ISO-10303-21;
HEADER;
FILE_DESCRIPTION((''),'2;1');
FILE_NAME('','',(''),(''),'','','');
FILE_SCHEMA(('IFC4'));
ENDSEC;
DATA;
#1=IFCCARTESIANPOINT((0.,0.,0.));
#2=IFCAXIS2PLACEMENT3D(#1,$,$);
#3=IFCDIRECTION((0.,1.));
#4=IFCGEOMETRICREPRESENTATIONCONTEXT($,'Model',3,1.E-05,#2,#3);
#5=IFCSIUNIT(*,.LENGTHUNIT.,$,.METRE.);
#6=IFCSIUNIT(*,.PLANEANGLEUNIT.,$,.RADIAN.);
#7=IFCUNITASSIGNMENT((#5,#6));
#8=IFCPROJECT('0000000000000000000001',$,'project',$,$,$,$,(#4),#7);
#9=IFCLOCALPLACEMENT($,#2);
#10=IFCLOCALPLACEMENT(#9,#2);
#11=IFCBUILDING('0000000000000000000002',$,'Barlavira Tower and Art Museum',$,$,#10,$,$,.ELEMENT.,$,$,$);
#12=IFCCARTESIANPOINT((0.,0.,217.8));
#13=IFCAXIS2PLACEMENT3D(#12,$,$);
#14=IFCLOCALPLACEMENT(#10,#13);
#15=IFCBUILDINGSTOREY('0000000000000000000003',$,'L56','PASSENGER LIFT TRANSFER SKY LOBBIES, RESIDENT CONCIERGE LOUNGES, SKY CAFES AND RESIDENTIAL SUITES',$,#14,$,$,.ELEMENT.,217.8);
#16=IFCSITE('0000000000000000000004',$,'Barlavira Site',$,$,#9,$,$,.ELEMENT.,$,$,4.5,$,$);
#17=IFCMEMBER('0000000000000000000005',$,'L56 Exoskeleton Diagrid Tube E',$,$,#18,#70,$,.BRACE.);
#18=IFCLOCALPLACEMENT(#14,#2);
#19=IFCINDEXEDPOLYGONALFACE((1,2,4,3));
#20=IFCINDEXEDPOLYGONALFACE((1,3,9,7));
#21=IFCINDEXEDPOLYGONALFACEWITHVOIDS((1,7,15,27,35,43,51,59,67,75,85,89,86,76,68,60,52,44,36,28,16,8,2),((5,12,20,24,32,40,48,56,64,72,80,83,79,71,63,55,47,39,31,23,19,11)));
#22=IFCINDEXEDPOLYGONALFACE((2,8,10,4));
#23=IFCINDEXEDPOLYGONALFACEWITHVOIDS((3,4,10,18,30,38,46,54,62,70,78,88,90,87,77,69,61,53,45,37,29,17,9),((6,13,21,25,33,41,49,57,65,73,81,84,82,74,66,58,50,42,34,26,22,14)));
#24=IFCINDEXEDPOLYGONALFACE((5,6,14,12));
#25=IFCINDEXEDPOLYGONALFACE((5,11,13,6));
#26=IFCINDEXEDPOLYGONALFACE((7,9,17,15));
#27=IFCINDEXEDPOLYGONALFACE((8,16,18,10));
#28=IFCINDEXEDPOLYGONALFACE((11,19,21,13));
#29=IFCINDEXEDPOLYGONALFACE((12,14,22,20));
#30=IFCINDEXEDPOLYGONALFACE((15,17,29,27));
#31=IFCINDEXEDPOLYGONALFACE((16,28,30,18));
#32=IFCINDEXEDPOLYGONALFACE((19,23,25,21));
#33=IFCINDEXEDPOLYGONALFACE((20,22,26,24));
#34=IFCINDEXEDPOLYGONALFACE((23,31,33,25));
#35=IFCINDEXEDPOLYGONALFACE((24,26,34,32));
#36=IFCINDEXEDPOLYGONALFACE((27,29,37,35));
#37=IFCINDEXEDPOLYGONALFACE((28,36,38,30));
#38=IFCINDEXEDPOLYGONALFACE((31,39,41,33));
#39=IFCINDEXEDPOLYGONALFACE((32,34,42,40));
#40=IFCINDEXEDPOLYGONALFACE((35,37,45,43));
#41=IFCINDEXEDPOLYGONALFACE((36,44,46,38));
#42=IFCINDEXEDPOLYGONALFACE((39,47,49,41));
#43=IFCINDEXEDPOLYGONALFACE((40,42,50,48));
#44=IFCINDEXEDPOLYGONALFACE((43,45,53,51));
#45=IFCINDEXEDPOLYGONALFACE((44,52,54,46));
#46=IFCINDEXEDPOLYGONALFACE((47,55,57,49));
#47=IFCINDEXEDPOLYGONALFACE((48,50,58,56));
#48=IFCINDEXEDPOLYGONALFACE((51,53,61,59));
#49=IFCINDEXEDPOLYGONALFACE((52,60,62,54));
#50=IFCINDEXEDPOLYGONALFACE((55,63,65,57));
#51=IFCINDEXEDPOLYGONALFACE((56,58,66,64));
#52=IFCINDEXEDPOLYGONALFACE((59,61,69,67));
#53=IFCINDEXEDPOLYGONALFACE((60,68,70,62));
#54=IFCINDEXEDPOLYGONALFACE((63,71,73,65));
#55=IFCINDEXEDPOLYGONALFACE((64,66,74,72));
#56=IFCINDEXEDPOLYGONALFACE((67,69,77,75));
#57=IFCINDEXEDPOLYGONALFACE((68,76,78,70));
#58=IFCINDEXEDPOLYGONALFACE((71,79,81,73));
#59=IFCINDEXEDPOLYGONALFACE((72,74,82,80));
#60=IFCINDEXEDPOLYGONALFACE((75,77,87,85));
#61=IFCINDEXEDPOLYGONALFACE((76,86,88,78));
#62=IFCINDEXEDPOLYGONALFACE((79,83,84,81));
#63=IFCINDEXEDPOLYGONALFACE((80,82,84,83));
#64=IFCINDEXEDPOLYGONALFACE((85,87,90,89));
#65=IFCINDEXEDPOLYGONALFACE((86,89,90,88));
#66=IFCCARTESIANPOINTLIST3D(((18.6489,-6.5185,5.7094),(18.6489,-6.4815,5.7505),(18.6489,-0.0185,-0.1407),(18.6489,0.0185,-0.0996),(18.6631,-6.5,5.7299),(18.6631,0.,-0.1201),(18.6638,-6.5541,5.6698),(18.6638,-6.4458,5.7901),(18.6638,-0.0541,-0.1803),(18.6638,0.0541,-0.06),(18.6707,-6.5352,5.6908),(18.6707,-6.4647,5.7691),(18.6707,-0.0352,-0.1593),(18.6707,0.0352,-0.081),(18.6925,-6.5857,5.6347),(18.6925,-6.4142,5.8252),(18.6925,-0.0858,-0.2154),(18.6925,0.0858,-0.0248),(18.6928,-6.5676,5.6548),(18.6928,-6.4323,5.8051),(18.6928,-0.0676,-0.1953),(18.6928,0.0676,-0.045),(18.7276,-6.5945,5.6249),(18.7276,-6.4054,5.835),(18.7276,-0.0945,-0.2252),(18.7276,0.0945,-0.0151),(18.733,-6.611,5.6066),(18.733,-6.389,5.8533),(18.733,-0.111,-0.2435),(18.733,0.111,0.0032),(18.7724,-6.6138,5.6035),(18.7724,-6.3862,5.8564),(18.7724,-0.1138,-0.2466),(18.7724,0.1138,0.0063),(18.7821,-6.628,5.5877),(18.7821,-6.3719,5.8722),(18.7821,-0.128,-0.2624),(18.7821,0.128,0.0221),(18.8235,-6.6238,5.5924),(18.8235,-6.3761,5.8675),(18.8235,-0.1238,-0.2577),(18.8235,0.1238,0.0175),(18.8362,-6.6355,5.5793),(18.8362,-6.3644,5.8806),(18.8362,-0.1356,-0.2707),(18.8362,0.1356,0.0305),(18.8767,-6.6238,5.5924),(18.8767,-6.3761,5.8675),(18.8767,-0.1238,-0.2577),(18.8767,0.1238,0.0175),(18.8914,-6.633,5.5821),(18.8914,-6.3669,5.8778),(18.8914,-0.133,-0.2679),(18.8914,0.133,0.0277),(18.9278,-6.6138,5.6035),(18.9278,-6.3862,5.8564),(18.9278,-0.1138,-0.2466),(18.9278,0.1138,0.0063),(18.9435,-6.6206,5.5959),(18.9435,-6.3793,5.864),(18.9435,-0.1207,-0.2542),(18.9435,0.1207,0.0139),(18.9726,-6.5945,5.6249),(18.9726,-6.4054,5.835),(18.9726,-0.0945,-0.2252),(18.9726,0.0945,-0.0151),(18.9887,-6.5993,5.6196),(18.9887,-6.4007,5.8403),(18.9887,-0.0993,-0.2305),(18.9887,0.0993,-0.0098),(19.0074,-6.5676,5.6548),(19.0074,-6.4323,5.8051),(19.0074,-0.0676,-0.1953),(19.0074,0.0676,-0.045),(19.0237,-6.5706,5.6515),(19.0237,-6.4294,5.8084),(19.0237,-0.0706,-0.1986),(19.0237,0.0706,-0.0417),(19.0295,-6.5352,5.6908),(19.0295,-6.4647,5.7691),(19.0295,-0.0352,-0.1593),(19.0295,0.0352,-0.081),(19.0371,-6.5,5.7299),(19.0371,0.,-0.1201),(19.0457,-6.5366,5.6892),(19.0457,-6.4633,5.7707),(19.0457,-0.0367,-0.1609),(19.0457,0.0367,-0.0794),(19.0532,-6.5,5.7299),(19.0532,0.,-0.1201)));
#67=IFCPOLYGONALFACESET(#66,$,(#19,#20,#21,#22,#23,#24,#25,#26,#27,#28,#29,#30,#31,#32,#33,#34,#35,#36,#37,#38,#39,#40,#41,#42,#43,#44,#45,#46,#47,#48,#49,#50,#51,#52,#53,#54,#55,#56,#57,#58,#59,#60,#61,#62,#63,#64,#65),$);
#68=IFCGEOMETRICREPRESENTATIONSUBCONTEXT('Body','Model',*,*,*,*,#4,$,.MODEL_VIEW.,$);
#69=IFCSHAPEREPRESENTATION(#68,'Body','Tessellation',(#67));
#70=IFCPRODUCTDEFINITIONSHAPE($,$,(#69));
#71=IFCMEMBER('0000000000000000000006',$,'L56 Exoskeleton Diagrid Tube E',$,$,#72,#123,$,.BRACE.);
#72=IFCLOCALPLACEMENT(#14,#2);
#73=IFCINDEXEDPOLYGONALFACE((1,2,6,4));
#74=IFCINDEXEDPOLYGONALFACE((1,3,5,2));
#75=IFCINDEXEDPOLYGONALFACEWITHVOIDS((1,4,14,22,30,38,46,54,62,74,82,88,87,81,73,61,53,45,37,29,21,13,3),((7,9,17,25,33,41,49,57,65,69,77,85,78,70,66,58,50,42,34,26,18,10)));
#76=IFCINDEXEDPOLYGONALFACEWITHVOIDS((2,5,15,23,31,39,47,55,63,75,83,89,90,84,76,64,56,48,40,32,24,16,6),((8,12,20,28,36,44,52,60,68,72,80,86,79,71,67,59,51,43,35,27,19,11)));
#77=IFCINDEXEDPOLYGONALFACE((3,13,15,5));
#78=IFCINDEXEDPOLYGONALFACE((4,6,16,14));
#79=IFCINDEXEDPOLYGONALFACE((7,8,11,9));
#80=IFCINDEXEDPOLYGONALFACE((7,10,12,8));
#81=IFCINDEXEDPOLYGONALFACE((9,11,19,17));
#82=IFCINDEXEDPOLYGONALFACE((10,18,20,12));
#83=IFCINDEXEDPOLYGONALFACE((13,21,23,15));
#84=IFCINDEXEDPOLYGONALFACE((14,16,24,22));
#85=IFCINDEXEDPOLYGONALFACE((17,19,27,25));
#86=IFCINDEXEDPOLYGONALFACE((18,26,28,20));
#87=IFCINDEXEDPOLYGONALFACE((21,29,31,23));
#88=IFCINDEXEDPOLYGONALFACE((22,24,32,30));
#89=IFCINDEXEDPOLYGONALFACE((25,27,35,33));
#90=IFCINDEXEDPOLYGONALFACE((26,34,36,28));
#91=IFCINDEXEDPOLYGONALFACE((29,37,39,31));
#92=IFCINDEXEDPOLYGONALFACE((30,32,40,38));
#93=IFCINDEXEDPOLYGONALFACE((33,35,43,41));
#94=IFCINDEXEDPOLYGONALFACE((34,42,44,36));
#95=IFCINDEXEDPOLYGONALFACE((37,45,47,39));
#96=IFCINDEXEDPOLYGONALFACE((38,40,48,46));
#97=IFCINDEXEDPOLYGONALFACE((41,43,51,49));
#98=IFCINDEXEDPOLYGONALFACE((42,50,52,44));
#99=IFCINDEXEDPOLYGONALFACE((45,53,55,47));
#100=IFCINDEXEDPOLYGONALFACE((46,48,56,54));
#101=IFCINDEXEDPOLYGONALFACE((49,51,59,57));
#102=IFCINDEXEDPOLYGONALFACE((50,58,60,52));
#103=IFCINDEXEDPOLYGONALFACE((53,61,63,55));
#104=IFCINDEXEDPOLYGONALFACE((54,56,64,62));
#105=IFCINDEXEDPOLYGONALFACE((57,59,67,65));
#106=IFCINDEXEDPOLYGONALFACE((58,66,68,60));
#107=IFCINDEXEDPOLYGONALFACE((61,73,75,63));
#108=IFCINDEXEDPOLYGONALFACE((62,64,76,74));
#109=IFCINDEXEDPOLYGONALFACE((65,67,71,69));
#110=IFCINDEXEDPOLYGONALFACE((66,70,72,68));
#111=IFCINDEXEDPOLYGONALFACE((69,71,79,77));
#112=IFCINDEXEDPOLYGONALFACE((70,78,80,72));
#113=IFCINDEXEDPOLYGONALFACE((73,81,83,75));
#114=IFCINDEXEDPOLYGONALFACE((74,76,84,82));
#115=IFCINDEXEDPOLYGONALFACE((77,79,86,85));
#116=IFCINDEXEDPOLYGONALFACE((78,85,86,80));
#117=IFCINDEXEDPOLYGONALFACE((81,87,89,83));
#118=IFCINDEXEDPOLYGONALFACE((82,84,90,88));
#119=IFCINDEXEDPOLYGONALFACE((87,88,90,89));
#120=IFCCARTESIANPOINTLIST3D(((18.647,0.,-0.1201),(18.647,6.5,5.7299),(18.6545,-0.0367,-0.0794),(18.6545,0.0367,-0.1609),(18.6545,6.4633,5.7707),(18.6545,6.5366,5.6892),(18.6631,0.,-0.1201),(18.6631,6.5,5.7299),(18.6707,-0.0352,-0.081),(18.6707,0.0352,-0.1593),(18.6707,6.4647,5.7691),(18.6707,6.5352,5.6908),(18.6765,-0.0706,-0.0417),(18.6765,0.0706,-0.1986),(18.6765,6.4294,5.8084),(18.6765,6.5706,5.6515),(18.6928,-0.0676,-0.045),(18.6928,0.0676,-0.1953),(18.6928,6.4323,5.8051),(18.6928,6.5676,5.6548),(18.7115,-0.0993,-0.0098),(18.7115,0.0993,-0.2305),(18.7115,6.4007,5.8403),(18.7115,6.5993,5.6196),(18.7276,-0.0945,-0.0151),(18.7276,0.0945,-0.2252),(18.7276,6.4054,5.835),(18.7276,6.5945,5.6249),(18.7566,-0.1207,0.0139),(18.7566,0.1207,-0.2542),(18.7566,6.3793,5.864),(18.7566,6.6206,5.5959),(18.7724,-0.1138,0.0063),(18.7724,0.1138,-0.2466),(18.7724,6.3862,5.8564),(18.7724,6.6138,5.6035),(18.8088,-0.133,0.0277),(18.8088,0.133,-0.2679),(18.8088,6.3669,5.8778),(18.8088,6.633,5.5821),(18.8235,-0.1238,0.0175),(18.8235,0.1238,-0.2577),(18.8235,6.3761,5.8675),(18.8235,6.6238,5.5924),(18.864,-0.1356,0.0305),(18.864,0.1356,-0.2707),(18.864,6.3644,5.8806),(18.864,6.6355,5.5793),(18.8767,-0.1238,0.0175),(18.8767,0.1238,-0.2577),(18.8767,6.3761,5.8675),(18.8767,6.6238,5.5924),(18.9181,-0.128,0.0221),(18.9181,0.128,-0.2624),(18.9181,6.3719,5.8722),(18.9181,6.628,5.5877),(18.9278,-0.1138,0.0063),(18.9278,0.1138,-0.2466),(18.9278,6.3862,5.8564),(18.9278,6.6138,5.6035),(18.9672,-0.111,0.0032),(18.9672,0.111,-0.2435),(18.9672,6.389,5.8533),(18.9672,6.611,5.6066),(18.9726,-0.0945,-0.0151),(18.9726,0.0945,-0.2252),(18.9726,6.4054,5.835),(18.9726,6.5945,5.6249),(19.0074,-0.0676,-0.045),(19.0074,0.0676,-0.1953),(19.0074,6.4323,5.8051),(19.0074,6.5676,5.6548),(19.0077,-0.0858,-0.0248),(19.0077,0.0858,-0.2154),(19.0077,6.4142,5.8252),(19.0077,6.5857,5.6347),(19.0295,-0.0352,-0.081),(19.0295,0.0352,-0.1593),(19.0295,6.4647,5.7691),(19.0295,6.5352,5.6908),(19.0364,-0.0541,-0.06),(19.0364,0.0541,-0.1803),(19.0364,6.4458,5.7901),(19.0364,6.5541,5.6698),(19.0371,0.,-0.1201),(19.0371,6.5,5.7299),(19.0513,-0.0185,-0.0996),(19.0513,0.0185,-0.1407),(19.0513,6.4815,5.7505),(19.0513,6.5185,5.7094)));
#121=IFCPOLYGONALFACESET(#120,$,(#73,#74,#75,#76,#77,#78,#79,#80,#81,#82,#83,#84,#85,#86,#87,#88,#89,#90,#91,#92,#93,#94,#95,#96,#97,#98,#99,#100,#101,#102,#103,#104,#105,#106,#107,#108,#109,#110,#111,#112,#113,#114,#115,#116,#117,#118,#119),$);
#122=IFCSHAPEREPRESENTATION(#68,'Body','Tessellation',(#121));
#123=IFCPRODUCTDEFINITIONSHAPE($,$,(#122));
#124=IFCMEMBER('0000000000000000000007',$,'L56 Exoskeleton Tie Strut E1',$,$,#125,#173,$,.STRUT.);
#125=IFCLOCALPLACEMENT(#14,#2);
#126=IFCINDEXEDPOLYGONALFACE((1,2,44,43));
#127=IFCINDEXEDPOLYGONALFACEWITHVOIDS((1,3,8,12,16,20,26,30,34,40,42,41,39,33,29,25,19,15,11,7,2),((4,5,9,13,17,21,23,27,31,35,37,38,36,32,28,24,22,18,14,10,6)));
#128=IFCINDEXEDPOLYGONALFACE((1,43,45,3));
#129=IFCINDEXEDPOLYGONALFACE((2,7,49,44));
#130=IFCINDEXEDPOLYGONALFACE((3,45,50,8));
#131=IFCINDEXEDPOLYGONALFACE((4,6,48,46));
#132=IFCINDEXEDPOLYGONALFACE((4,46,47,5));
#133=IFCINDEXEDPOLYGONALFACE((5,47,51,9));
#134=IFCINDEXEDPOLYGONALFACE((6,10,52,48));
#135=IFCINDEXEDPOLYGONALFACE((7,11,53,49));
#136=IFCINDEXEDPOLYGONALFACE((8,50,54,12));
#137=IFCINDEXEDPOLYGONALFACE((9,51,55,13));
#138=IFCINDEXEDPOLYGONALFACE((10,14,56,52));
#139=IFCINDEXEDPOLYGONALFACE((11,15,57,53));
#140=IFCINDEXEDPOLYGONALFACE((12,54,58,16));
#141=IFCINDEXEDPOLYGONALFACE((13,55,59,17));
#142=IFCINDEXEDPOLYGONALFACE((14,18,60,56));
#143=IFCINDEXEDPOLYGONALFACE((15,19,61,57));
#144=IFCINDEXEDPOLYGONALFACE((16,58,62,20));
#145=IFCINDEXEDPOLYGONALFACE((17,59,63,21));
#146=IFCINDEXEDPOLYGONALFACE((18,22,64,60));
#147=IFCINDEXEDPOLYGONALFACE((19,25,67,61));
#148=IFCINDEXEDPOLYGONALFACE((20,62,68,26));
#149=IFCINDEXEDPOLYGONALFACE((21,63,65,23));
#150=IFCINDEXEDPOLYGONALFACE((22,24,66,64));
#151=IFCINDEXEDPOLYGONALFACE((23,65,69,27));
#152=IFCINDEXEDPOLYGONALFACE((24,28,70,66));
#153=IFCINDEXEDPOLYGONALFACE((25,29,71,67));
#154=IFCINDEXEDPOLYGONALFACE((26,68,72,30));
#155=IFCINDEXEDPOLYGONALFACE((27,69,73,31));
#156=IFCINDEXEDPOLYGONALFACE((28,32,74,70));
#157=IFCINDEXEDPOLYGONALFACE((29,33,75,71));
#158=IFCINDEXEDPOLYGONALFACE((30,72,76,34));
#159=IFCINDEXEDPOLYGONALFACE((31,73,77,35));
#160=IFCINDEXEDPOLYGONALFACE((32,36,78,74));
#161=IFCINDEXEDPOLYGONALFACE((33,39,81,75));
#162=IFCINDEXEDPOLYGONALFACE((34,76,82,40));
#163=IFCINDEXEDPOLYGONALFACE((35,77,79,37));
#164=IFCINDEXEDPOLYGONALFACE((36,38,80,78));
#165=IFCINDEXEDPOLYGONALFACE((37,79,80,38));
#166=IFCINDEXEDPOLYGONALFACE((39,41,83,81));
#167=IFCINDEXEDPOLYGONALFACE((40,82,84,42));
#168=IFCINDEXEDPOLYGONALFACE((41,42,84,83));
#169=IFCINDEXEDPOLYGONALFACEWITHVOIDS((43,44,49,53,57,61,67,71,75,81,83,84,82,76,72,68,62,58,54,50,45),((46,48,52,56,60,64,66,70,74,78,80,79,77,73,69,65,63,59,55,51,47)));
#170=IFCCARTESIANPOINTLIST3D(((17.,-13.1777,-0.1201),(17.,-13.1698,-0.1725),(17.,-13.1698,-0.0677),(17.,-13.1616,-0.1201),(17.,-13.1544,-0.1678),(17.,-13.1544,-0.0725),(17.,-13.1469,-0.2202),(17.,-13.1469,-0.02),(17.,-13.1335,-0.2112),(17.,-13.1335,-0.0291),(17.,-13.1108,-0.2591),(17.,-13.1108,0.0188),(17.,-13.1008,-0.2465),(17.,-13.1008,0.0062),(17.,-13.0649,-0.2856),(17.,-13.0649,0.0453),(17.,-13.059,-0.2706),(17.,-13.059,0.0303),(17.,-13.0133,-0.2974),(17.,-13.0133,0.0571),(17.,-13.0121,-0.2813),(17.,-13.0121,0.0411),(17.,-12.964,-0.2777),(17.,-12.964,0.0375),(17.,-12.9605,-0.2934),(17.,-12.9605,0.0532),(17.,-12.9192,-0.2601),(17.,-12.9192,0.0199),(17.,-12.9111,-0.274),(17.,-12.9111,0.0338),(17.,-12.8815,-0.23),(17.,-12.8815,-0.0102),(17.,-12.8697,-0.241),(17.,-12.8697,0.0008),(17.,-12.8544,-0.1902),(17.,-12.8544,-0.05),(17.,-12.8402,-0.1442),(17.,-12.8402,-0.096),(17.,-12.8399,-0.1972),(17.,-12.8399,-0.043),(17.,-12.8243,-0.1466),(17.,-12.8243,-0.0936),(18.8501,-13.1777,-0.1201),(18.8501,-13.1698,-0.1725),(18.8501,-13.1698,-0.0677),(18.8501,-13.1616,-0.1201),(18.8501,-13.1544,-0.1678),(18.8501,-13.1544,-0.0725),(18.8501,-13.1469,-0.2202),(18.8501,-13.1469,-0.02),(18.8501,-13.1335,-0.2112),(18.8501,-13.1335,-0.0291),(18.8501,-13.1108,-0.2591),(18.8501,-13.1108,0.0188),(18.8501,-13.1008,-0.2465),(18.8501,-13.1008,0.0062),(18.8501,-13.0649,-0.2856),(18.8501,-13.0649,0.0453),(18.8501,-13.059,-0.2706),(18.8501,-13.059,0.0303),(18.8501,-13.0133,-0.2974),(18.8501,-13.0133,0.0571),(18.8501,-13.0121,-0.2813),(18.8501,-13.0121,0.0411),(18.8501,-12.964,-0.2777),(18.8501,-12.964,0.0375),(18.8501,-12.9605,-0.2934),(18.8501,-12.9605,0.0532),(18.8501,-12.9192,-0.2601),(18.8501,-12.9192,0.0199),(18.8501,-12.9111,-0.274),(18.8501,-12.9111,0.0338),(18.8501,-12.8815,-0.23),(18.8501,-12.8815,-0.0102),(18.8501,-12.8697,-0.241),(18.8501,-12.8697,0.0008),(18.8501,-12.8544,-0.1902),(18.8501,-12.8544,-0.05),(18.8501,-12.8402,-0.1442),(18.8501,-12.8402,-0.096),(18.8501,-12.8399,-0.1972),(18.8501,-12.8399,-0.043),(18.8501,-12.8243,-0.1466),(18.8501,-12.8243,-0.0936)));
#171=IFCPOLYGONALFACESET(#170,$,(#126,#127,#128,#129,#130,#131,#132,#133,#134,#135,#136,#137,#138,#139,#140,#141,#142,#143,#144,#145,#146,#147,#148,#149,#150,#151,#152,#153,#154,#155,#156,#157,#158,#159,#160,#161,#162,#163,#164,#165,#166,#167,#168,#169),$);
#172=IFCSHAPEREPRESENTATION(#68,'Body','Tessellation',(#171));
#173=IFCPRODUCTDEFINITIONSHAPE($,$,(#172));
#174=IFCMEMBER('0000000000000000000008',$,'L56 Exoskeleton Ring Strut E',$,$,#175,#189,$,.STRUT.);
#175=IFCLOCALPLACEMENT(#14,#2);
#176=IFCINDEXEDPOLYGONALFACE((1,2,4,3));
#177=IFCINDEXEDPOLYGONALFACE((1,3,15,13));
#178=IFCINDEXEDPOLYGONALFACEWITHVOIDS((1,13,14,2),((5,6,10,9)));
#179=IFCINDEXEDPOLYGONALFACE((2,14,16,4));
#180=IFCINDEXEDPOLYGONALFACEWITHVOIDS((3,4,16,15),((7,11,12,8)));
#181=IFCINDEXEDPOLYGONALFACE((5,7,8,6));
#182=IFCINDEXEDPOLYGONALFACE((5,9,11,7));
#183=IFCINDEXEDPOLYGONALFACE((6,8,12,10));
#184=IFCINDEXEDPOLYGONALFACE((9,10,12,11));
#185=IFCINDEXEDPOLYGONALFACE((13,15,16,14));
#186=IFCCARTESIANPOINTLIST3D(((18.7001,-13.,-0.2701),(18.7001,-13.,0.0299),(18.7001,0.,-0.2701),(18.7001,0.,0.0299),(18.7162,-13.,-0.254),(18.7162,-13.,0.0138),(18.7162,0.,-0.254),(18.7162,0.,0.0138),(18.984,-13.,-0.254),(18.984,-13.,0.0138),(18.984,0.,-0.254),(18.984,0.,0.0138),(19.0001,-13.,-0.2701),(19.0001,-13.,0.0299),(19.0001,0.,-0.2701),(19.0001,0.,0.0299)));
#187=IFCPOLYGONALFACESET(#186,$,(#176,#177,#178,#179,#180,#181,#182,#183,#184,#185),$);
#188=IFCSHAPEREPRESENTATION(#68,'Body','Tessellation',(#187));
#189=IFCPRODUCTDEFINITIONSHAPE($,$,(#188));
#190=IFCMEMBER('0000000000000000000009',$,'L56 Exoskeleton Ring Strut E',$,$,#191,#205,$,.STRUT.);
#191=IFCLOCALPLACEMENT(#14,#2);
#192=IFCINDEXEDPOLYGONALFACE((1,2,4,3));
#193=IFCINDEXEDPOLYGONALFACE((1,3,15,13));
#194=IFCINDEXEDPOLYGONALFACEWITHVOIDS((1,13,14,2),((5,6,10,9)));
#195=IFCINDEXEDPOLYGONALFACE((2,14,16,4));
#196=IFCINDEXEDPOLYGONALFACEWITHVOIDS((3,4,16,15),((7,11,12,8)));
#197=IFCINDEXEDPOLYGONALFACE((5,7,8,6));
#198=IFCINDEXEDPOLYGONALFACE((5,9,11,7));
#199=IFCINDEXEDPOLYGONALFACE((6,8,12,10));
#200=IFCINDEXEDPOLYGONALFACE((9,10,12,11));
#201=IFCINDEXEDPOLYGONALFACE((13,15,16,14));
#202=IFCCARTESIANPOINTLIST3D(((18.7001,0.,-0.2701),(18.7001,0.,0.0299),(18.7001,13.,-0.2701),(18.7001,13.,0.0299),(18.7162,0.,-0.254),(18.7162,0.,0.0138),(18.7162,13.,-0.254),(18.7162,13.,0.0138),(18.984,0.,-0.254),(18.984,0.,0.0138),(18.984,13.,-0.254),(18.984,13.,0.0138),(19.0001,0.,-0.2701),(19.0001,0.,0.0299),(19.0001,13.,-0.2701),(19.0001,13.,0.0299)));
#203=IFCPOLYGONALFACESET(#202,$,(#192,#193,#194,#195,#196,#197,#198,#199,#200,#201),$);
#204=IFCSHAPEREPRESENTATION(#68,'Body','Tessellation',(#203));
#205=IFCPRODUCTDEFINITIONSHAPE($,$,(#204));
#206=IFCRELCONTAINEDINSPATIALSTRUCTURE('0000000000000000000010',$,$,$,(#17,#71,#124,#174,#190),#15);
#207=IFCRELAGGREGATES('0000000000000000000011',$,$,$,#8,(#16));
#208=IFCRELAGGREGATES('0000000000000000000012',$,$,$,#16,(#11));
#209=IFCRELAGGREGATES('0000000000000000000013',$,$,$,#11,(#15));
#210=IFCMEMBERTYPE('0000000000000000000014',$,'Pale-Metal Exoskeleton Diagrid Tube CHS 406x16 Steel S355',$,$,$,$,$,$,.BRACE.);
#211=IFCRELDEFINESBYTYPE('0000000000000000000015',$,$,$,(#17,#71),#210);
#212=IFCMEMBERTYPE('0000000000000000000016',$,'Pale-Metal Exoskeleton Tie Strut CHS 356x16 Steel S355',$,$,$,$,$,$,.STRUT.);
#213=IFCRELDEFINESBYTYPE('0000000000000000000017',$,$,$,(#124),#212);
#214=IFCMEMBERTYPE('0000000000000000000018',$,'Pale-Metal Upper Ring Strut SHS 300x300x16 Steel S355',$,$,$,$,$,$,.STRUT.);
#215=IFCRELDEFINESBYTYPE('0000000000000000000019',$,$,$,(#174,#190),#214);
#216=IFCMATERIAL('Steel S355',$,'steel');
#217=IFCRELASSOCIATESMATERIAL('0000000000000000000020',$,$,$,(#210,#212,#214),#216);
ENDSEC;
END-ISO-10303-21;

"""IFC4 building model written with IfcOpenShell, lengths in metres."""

from ifc_helpers import new_model, si_unit, direction, frame, origin, origin_2d, place, context, subcontext, project, spatial, hollow_rectangle, hollow_circle, extrude, material, material_profile, profile_set, type_object, element, save


model = new_model("IFC4")

# Units and contexts
model_context = context("Model", 3, precision=1e-05, world=origin(), true_north=direction((0.0, 1.0)))
body_context = subcontext(model_context, "Body", "Model", "MODEL_VIEW")
ifc_project = project(units=[si_unit("LENGTHUNIT", "METRE"), si_unit("PLANEANGLEUNIT", "RADIAN")], contexts=[model_context])

# Site, building, storey
site_placement = place(None, origin())
site = spatial("IfcSite", under=ifc_project, at=site_placement, Name="Barlavira Site", CompositionType="ELEMENT", RefElevation=4.5)
building_placement = place(site_placement, origin())
building = spatial("IfcBuilding", under=site, at=building_placement, Name="Barlavira Tower and Art Museum", CompositionType="ELEMENT")
storey_placement = place(building_placement, frame((0.0, 0.0, 217.8)))
storey = spatial("IfcBuildingStorey", under=building, at=storey_placement, Name="L56", Description="PASSENGER LIFT TRANSFER SKY LOBBIES, RESIDENT CONCIERGE LOUNGES, SKY CAFES AND RESIDENTIAL SUITES", CompositionType="ELEMENT", Elevation=217.8)

# Members
ifc_material_1 = material(Name="Steel S355", Category="steel")
ifc_material_profile_1 = material_profile(ifc_material_1, hollow_circle(Radius=0.2031, WallThickness=0.0161, at=origin_2d()), Name="CHS 406.4x16.0")
ifc_profile_set_1 = profile_set([ifc_material_profile_1], Name="Steel S355")
member_type_1 = type_object("IfcMemberType", Name="Pale-Metal Exoskeleton Diagrid Tube CHS 406x16 Steel S355", PredefinedType="BRACE", material=ifc_profile_set_1)
for number, where, z_axis, x_axis, name in (
    (1, (18.8501, 0.0, -0.1201), (0.0, -0.743289, 0.668971), (1.0, 0.0, 0.0), "L56 Exoskeleton Diagrid Tube E"),
    (2, (18.8501, 0.0, -0.1201), (0.0, 0.743289, 0.668971), (-1.0, 0.0, 0.0), "L56 Exoskeleton Diagrid Tube E"),
):
    element("IfcMember", number, at=place(storey_placement, frame(where, z_axis=z_axis, x_axis=x_axis)), inside=storey, type_object=member_type_1, Name=name, PredefinedType="BRACE", context=body_context, shape_type="SweptSolid", body=[
        extrude(hollow_circle(Radius=0.2031, WallThickness=0.0161, at=origin_2d()), origin(), (0.0, 0.0, 1.0), 8.7449),
    ])
ifc_material_profile_2 = material_profile(ifc_material_1, hollow_circle(Radius=0.1777, WallThickness=0.0161, at=origin_2d()), Name="CHS 355.6x16.0")
ifc_profile_set_2 = profile_set([ifc_material_profile_2], Name="Steel S355")
member_type_2 = type_object("IfcMemberType", Name="Pale-Metal Exoskeleton Tie Strut CHS 356x16 Steel S355", PredefinedType="STRUT", material=ifc_profile_set_2)
member_1_placement = place(storey_placement, frame((18.8501, -13.0, -0.1201), z_axis=(-1.0, 0.0, 0.0), x_axis=(0.0, -1.0, 0.0)))
element("IfcMember", 3, at=member_1_placement, inside=storey, type_object=member_type_2, Name="L56 Exoskeleton Tie Strut E1", PredefinedType="STRUT", context=body_context, shape_type="SweptSolid", body=[
    extrude(hollow_circle(Radius=0.1777, WallThickness=0.0161, at=origin_2d()), origin(), (0.0, 0.0, 1.0), 1.8501),
])
ifc_material_profile_3 = material_profile(ifc_material_1, hollow_rectangle(XDim=0.3, YDim=0.3, WallThickness=0.0161, at=origin_2d()), Name="SHS 300x300x16.0")
ifc_profile_set_3 = profile_set([ifc_material_profile_3], Name="Steel S355")
member_type_3 = type_object("IfcMemberType", Name="Pale-Metal Upper Ring Strut SHS 300x300x16 Steel S355", PredefinedType="STRUT", material=ifc_profile_set_3)
for number, where, z_axis, x_axis, name in (
    (4, (18.8501, -13.0, -0.1201), (0.0, 1.0, 0.0), (-1.0, 0.0, 0.0), "L56 Exoskeleton Ring Strut E"),
    (5, (18.8501, 0.0, -0.1201), (0.0, 1.0, 0.0), (-1.0, 0.0, 0.0), "L56 Exoskeleton Ring Strut E"),
):
    element("IfcMember", number, at=place(storey_placement, frame(where, z_axis=z_axis, x_axis=x_axis)), inside=storey, type_object=member_type_3, Name=name, PredefinedType="STRUT", context=body_context, shape_type="SweptSolid", body=[
        extrude(hollow_rectangle(XDim=0.3, YDim=0.3, WallThickness=0.0161, at=origin_2d()), origin(), (0.0, 0.0, 1.0), 13.0),
    ])

save(model, "model.ifc")
